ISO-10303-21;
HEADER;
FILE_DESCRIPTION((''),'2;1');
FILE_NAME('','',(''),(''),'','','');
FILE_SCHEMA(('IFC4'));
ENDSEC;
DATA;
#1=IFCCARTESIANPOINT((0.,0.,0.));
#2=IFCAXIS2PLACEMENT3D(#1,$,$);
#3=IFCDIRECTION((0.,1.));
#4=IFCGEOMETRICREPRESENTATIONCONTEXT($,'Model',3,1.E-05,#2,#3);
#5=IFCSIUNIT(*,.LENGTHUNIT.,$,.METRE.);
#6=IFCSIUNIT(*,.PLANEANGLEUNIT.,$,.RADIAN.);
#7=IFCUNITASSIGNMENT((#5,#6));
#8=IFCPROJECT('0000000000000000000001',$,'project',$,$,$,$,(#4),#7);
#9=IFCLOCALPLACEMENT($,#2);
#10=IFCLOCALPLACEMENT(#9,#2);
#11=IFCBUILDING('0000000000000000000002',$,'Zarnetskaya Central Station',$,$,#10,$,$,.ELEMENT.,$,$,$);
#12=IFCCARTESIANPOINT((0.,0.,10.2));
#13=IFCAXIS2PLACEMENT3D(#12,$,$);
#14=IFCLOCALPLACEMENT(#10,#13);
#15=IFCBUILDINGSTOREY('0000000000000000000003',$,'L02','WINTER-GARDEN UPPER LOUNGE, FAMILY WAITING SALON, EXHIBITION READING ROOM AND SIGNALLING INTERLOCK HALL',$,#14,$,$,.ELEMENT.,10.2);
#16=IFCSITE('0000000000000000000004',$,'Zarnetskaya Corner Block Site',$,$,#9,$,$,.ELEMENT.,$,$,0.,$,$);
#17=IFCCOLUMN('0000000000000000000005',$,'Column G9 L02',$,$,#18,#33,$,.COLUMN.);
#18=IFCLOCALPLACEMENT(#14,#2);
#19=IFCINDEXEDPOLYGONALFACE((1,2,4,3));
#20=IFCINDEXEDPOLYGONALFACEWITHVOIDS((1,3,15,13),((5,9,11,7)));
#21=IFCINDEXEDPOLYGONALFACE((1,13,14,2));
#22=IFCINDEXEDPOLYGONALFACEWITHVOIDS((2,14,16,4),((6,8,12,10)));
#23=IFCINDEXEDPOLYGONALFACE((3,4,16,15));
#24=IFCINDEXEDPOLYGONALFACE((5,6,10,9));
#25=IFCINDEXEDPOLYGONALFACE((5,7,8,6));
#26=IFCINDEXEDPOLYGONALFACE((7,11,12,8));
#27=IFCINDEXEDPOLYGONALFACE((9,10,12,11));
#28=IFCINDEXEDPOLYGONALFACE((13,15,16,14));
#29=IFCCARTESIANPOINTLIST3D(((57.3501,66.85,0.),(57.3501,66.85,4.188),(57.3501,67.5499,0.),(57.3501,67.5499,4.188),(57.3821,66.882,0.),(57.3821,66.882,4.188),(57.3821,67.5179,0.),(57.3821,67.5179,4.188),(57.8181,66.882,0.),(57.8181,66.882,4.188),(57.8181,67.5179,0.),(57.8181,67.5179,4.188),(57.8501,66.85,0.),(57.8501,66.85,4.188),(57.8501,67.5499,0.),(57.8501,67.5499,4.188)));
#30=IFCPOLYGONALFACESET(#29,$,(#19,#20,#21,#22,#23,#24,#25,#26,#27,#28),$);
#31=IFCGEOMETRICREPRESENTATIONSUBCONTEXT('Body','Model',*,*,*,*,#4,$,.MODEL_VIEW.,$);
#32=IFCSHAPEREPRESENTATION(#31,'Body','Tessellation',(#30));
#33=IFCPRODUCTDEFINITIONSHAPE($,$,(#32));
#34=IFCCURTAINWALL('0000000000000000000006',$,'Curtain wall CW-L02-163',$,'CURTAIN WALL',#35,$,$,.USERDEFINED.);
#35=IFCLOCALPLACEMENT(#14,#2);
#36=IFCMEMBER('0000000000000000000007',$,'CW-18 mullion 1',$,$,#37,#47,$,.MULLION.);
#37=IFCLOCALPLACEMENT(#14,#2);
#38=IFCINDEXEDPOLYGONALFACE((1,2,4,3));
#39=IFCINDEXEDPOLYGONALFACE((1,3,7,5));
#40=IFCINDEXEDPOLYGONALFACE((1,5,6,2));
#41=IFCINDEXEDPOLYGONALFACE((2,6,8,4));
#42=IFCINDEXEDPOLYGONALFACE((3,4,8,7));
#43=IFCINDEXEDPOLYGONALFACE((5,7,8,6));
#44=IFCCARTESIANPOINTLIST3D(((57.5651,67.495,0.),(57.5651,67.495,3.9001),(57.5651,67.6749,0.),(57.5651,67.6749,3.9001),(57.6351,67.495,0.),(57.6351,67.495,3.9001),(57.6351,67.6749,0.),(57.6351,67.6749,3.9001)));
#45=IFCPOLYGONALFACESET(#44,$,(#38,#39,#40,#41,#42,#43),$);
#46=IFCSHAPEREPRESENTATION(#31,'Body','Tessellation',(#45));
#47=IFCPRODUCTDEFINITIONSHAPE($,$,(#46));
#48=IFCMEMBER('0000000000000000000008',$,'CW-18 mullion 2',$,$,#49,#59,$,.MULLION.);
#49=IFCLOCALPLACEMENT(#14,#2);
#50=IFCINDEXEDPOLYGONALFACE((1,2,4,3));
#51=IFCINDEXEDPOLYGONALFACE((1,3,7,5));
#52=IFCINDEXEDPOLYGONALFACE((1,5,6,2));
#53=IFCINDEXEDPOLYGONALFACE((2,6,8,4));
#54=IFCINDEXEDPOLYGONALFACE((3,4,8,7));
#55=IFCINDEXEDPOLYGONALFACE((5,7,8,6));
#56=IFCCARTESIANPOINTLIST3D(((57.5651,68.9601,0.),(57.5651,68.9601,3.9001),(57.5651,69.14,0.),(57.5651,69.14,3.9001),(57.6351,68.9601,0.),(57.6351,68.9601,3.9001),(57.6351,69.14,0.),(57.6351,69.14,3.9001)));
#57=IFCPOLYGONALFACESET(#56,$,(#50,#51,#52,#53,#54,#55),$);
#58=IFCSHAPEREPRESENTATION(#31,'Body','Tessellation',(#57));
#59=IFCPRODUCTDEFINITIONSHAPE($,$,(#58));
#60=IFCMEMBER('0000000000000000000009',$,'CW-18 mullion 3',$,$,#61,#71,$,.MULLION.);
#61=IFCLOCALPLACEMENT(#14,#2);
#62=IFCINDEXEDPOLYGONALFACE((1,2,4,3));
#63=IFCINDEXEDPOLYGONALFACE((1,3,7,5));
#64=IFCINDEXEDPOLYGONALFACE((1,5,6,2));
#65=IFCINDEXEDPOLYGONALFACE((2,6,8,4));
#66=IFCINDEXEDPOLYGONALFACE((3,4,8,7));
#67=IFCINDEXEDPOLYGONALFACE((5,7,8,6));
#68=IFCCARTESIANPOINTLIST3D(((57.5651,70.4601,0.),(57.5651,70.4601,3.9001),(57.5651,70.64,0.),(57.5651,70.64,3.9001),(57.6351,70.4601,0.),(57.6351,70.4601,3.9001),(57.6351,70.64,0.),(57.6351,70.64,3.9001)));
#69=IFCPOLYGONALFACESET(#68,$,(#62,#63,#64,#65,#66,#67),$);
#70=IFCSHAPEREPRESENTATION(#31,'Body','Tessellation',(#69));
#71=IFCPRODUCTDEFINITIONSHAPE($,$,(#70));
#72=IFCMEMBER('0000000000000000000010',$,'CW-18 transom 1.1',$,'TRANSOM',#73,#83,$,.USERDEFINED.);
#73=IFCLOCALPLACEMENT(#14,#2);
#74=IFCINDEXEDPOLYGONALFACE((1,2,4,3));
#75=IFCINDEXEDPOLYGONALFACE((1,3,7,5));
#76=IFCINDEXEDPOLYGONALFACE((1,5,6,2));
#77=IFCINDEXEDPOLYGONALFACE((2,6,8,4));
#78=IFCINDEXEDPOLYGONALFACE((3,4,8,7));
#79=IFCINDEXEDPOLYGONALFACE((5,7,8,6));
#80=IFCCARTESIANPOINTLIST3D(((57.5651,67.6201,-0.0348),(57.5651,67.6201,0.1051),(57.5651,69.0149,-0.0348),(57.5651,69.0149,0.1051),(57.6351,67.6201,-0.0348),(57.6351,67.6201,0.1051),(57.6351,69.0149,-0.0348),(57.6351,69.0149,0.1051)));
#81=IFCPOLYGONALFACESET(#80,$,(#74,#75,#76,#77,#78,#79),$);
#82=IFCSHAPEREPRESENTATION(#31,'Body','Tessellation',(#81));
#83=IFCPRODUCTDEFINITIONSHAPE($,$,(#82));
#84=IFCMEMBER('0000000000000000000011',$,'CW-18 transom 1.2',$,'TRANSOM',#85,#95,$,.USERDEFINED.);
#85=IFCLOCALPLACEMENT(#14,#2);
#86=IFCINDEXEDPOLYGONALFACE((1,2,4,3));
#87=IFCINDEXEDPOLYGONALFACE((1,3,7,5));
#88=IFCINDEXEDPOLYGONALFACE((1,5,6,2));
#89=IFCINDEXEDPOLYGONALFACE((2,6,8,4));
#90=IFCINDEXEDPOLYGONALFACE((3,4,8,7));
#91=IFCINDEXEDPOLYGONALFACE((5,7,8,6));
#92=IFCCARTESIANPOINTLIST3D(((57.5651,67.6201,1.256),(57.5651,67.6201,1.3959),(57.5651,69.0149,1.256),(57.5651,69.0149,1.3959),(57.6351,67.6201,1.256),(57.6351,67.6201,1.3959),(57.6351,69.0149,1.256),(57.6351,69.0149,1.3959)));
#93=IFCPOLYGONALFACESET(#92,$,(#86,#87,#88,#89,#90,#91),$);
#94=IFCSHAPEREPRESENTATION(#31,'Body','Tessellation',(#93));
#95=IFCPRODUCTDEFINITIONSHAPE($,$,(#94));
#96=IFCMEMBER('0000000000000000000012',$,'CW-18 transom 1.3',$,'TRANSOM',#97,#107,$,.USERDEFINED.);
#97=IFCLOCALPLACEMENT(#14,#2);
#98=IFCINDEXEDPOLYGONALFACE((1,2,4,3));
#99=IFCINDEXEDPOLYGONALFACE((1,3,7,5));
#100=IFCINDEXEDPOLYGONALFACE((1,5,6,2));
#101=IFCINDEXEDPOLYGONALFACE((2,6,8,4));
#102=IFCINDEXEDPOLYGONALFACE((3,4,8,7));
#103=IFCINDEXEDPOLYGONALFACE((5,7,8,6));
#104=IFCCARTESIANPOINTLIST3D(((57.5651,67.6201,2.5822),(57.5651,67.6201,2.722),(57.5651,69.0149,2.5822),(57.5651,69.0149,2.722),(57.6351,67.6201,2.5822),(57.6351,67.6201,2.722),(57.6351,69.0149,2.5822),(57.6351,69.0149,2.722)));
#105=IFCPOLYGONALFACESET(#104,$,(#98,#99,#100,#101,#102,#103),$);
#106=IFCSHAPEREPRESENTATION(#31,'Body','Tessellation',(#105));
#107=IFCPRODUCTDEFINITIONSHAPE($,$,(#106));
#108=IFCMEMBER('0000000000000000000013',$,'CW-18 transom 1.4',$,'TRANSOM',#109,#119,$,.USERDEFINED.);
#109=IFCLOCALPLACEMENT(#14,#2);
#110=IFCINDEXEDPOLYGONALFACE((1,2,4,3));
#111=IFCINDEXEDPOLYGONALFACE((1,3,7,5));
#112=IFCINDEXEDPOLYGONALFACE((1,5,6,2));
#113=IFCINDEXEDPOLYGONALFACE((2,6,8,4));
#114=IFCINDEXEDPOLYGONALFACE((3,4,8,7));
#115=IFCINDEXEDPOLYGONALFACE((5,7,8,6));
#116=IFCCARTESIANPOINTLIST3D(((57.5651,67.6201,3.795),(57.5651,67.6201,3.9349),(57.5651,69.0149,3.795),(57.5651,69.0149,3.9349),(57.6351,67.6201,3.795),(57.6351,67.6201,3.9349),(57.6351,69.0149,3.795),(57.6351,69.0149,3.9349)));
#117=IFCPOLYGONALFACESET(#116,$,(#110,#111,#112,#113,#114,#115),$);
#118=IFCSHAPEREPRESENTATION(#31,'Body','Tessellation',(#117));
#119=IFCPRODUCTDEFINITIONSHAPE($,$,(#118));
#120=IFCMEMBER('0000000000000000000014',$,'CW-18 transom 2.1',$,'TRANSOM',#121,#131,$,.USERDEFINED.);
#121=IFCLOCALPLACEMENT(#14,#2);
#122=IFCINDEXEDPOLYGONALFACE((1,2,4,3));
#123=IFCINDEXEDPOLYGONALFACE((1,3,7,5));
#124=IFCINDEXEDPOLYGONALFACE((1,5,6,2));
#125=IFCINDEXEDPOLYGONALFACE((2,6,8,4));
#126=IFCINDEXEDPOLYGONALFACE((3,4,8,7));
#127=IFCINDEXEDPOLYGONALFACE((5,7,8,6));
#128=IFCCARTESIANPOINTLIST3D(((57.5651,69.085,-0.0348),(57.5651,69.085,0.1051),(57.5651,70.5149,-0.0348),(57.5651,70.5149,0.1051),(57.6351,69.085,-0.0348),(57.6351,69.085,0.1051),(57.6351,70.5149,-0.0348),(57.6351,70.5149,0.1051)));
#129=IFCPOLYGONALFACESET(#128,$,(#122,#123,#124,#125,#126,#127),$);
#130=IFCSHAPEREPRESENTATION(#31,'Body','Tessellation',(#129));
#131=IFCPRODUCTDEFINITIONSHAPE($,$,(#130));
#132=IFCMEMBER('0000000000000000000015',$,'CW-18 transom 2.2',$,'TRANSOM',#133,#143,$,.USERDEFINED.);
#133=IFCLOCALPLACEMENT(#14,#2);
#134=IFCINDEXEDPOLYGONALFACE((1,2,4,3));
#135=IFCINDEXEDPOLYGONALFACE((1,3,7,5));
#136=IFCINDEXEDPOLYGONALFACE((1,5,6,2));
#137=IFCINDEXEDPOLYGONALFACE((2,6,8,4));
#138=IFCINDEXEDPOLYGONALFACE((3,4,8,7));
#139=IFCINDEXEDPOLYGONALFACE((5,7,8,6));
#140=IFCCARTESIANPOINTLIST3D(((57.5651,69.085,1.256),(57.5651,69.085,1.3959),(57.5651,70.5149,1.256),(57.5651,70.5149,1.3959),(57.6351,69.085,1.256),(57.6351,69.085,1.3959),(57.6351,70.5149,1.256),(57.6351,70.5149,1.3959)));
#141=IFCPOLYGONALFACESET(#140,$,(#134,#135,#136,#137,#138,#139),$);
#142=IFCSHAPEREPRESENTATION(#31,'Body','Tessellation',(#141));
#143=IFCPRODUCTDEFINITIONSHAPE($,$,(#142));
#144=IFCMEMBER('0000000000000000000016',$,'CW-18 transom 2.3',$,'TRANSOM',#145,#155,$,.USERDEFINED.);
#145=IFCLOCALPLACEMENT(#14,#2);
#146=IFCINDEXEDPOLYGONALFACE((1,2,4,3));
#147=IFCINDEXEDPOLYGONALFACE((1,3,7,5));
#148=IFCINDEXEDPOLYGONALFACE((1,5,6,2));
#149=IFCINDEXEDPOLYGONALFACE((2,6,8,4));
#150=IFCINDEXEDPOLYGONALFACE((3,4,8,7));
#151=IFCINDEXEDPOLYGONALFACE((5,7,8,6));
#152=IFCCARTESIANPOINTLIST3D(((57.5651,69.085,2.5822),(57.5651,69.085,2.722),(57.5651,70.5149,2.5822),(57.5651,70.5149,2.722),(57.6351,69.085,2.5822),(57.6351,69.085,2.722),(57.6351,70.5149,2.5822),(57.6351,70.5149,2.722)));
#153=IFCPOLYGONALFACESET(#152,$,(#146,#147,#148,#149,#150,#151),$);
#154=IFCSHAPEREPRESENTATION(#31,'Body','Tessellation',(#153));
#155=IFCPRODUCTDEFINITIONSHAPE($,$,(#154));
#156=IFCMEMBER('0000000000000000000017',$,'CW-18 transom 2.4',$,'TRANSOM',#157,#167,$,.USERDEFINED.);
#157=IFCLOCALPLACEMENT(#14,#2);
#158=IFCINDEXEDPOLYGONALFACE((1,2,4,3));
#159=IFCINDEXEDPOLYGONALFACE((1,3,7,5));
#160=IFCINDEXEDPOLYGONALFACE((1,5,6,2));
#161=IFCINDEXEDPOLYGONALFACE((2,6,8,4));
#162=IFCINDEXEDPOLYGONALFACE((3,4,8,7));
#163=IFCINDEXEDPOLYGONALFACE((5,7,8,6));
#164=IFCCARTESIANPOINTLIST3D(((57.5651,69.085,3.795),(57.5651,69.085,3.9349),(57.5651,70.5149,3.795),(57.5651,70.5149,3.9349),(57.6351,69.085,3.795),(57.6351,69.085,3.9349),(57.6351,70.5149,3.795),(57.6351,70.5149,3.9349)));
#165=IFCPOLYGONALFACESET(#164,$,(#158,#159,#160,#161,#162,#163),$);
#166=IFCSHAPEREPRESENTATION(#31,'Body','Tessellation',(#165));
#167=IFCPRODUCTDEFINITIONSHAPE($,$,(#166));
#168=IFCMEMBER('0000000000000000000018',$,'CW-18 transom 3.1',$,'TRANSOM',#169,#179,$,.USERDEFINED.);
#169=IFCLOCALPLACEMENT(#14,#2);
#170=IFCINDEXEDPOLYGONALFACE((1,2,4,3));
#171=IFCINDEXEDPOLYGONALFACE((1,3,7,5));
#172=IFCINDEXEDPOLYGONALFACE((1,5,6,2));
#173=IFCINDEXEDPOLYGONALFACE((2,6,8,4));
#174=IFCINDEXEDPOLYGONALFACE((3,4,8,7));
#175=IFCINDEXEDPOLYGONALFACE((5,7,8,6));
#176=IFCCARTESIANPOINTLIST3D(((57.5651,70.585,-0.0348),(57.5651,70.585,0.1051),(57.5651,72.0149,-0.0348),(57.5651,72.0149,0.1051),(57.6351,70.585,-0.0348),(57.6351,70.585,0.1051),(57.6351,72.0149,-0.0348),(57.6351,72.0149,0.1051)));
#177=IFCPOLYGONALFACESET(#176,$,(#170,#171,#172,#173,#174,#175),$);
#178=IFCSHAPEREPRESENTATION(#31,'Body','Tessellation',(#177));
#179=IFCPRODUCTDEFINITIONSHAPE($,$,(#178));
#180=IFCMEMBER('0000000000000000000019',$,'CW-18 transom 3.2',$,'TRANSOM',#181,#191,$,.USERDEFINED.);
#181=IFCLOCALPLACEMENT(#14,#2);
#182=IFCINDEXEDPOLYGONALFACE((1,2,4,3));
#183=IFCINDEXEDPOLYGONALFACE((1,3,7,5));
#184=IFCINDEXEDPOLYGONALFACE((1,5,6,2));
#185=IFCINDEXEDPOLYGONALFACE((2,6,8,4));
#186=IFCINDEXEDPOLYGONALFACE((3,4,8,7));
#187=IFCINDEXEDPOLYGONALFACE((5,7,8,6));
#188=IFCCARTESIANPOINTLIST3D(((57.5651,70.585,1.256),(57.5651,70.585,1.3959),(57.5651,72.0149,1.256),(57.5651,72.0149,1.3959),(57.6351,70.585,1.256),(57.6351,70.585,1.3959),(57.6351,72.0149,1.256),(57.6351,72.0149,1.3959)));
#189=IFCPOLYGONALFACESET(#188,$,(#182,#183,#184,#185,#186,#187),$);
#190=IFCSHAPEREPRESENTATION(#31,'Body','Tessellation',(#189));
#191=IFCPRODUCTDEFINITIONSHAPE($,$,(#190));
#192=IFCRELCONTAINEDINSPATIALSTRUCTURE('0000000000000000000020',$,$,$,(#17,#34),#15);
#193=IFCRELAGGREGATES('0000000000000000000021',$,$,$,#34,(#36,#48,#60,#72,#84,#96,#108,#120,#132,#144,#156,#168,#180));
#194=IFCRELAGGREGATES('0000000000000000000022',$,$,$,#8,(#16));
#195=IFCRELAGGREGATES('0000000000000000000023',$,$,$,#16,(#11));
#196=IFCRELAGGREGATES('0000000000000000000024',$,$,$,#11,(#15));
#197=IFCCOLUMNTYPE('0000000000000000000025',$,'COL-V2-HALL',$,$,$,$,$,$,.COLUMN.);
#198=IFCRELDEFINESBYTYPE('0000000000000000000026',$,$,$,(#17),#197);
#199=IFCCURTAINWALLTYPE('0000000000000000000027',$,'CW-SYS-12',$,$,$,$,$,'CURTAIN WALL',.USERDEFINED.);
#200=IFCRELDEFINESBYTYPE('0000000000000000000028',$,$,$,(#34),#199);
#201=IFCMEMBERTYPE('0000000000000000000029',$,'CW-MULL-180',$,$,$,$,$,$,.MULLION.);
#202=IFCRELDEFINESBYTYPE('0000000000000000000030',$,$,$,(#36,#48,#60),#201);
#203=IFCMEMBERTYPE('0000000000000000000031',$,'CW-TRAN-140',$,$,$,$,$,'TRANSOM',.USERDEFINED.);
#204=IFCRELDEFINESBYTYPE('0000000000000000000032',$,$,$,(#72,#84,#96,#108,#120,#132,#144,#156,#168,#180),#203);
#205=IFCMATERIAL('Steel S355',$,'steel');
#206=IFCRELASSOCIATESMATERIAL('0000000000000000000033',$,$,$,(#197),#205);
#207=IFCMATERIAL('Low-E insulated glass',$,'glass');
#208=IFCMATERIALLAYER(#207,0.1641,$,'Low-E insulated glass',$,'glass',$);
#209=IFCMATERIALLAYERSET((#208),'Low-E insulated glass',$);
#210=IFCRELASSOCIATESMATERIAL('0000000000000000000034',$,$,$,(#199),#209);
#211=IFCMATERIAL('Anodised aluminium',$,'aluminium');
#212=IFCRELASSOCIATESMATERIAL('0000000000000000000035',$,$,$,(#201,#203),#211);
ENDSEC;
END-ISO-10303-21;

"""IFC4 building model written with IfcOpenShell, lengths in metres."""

from ifc_helpers import new_model, si_unit, direction, frame, origin, origin_2d, place, context, subcontext, project, spatial, rectangle, hollow_rectangle, extrude, material, layer, layer_set, material_profile, profile_set, type_object, element, aggregate, save


model = new_model("IFC4")

# Units and contexts
model_context = context("Model", 3, precision=1e-05, world=origin(), true_north=direction((0.0, 1.0)))
body_context = subcontext(model_context, "Body", "Model", "MODEL_VIEW")
ifc_project = project(units=[si_unit("LENGTHUNIT", "METRE"), si_unit("PLANEANGLEUNIT", "RADIAN")], contexts=[model_context])

# Site, building, storey
site_placement = place(None, origin())
site = spatial("IfcSite", under=ifc_project, at=site_placement, Name="Zarnetskaya Corner Block Site", CompositionType="ELEMENT", RefElevation=0.0)
building_placement = place(site_placement, origin())
building = spatial("IfcBuilding", under=site, at=building_placement, Name="Zarnetskaya Central Station", CompositionType="ELEMENT")
storey_placement = place(building_placement, frame((0.0, 0.0, 10.2)))
storey = spatial("IfcBuildingStorey", under=building, at=storey_placement, Name="L02", Description="WINTER-GARDEN UPPER LOUNGE, FAMILY WAITING SALON, EXHIBITION READING ROOM AND SIGNALLING INTERLOCK HALL", CompositionType="ELEMENT", Elevation=10.2)

# Column
ifc_material_1 = material(Name="Steel S355", Category="steel")
ifc_material_profile_1 = material_profile(ifc_material_1, hollow_rectangle(XDim=0.5, YDim=0.7, WallThickness=0.032, at=origin_2d()), Name="BOX 700x500x32")
ifc_profile_set_1 = profile_set([ifc_material_profile_1], Name="Steel S355")
column_type = type_object("IfcColumnType", Name="COL-V2-HALL", PredefinedType="COLUMN", material=ifc_profile_set_1)
column_placement = place(storey_placement, frame((57.6001, 67.2, 0.0), z_axis=(0.0, 0.0, 1.0), x_axis=(1.0, 0.0, 0.0)))
element("IfcColumn", 1, at=column_placement, inside=storey, type_object=column_type, Name="Column G9 L02", PredefinedType="COLUMN", context=body_context, shape_type="SweptSolid", body=[
    extrude(hollow_rectangle(XDim=0.5, YDim=0.7, WallThickness=0.032, at=origin_2d()), origin(), (0.0, 0.0, 1.0), 4.188),
])

# Curtain wall, members
ifc_material_2 = material(Name="Low-E insulated glass", Category="glass")
ifc_layer_1 = layer(ifc_material_2, 0.1641, Name="Low-E insulated glass", Category="glass")
ifc_layer_set_1 = layer_set([ifc_layer_1], Name="Low-E insulated glass")
curtain_wall_type = type_object("IfcCurtainWallType", Name="CW-SYS-12", ElementType="CURTAIN WALL", PredefinedType="USERDEFINED", material=ifc_layer_set_1)
curtain_wall_placement = place(storey_placement, origin())
curtain_wall = element("IfcCurtainWall", 2, at=curtain_wall_placement, inside=storey, type_object=curtain_wall_type, Name="Curtain wall CW-L02-163", ObjectType="CURTAIN WALL", PredefinedType="USERDEFINED")
ifc_material_3 = material(Name="Anodised aluminium", Category="aluminium")
ifc_material_profile_2 = material_profile(ifc_material_3, rectangle(XDim=0.0701, YDim=0.1799, at=origin_2d()), Name="ALU MULL 70x180")
ifc_profile_set_2 = profile_set([ifc_material_profile_2], Name="Anodised aluminium")
member_type_1 = type_object("IfcMemberType", Name="CW-MULL-180", PredefinedType="MULLION", material=ifc_profile_set_2)
member_1_placement = place(storey_placement, frame((57.6001, 67.585, 0.0), z_axis=(0.0, 0.0, 1.0), x_axis=(-1.0, 0.0, 0.0)))
member_1 = element("IfcMember", 3, at=member_1_placement, type_object=member_type_1, Name="CW-18 mullion 1", PredefinedType="MULLION", context=body_context, shape_type="SweptSolid", body=[
    extrude(rectangle(XDim=0.0701, YDim=0.1799, at=origin_2d()), origin(), (0.0, 0.0, 1.0), 3.9001),
])
member_2_placement = place(storey_placement, frame((57.6001, 69.05, 0.0), z_axis=(0.0, 0.0, 1.0), x_axis=(-1.0, 0.0, 0.0)))
member_2 = element("IfcMember", 4, at=member_2_placement, type_object=member_type_1, Name="CW-18 mullion 2", PredefinedType="MULLION", context=body_context, shape_type="SweptSolid", body=[
    extrude(rectangle(XDim=0.0701, YDim=0.1799, at=origin_2d()), origin(), (0.0, 0.0, 1.0), 3.9001),
])
member_3_placement = place(storey_placement, frame((57.6001, 70.55, 0.0), z_axis=(0.0, 0.0, 1.0), x_axis=(-1.0, 0.0, 0.0)))
member_3 = element("IfcMember", 5, at=member_3_placement, type_object=member_type_1, Name="CW-18 mullion 3", PredefinedType="MULLION", context=body_context, shape_type="SweptSolid", body=[
    extrude(rectangle(XDim=0.0701, YDim=0.1799, at=origin_2d()), origin(), (0.0, 0.0, 1.0), 3.9001),
])
ifc_material_profile_3 = material_profile(ifc_material_3, rectangle(XDim=0.0701, YDim=0.1399, at=origin_2d()), Name="ALU TRAN 70x140")
ifc_profile_set_3 = profile_set([ifc_material_profile_3], Name="Anodised aluminium")
member_type_2 = type_object("IfcMemberType", Name="CW-TRAN-140", ElementType="TRANSOM", PredefinedType="USERDEFINED", material=ifc_profile_set_3)
member_4_placement = place(storey_placement, frame((57.6001, 67.6201, 0.0352), z_axis=(0.0, 1.0, 0.0), x_axis=(-1.0, 0.0, 0.0)))
member_4 = element("IfcMember", 6, at=member_4_placement, type_object=member_type_2, Name="CW-18 transom 1.1", ObjectType="TRANSOM", PredefinedType="USERDEFINED", context=body_context, shape_type="SweptSolid", body=[
    extrude(rectangle(XDim=0.0701, YDim=0.1399, at=origin_2d()), origin(), (0.0, 0.0, 1.0), 1.3948),
])
member_5_placement = place(storey_placement, frame((57.6001, 67.6201, 1.3259), z_axis=(0.0, 1.0, 0.0), x_axis=(-1.0, 0.0, 0.0)))
member_5 = element("IfcMember", 7, at=member_5_placement, type_object=member_type_2, Name="CW-18 transom 1.2", ObjectType="TRANSOM", PredefinedType="USERDEFINED", context=body_context, shape_type="SweptSolid", body=[
    extrude(rectangle(XDim=0.0701, YDim=0.1399, at=origin_2d()), origin(), (0.0, 0.0, 1.0), 1.3948),
])
member_6_placement = place(storey_placement, frame((57.6001, 67.6201, 2.6521), z_axis=(0.0, 1.0, 0.0), x_axis=(-1.0, 0.0, 0.0)))
member_6 = element("IfcMember", 8, at=member_6_placement, type_object=member_type_2, Name="CW-18 transom 1.3", ObjectType="TRANSOM", PredefinedType="USERDEFINED", context=body_context, shape_type="SweptSolid", body=[
    extrude(rectangle(XDim=0.0701, YDim=0.1399, at=origin_2d()), origin(), (0.0, 0.0, 1.0), 1.3948),
])
member_7_placement = place(storey_placement, frame((57.6001, 67.6201, 3.865), z_axis=(0.0, 1.0, 0.0), x_axis=(-1.0, 0.0, 0.0)))
member_7 = element("IfcMember", 9, at=member_7_placement, type_object=member_type_2, Name="CW-18 transom 1.4", ObjectType="TRANSOM", PredefinedType="USERDEFINED", context=body_context, shape_type="SweptSolid", body=[
    extrude(rectangle(XDim=0.0701, YDim=0.1399, at=origin_2d()), origin(), (0.0, 0.0, 1.0), 1.3948),
])
member_8_placement = place(storey_placement, frame((57.6001, 69.085, 0.0352), z_axis=(0.0, 1.0, 0.0), x_axis=(-1.0, 0.0, 0.0)))
member_8 = element("IfcMember", 10, at=member_8_placement, type_object=member_type_2, Name="CW-18 transom 2.1", ObjectType="TRANSOM", PredefinedType="USERDEFINED", context=body_context, shape_type="SweptSolid", body=[
    extrude(rectangle(XDim=0.0701, YDim=0.1399, at=origin_2d()), origin(), (0.0, 0.0, 1.0), 1.4299),
])
member_9_placement = place(storey_placement, frame((57.6001, 69.085, 1.3259), z_axis=(0.0, 1.0, 0.0), x_axis=(-1.0, 0.0, 0.0)))
member_9 = element("IfcMember", 11, at=member_9_placement, type_object=member_type_2, Name="CW-18 transom 2.2", ObjectType="TRANSOM", PredefinedType="USERDEFINED", context=body_context, shape_type="SweptSolid", body=[
    extrude(rectangle(XDim=0.0701, YDim=0.1399, at=origin_2d()), origin(), (0.0, 0.0, 1.0), 1.4299),
])
member_10_placement = place(storey_placement, frame((57.6001, 69.085, 2.6521), z_axis=(0.0, 1.0, 0.0), x_axis=(-1.0, 0.0, 0.0)))
member_10 = element("IfcMember", 12, at=member_10_placement, type_object=member_type_2, Name="CW-18 transom 2.3", ObjectType="TRANSOM", PredefinedType="USERDEFINED", context=body_context, shape_type="SweptSolid", body=[
    extrude(rectangle(XDim=0.0701, YDim=0.1399, at=origin_2d()), origin(), (0.0, 0.0, 1.0), 1.4299),
])
member_11_placement = place(storey_placement, frame((57.6001, 69.085, 3.865), z_axis=(0.0, 1.0, 0.0), x_axis=(-1.0, 0.0, 0.0)))
member_11 = element("IfcMember", 13, at=member_11_placement, type_object=member_type_2, Name="CW-18 transom 2.4", ObjectType="TRANSOM", PredefinedType="USERDEFINED", context=body_context, shape_type="SweptSolid", body=[
    extrude(rectangle(XDim=0.0701, YDim=0.1399, at=origin_2d()), origin(), (0.0, 0.0, 1.0), 1.4299),
])
member_12_placement = place(storey_placement, frame((57.6001, 70.585, 0.0352), z_axis=(0.0, 1.0, 0.0), x_axis=(-1.0, 0.0, 0.0)))
member_12 = element("IfcMember", 14, at=member_12_placement, type_object=member_type_2, Name="CW-18 transom 3.1", ObjectType="TRANSOM", PredefinedType="USERDEFINED", context=body_context, shape_type="SweptSolid", body=[
    extrude(rectangle(XDim=0.0701, YDim=0.1399, at=origin_2d()), origin(), (0.0, 0.0, 1.0), 1.4299),
])
member_13_placement = place(storey_placement, frame((57.6001, 70.585, 1.3259), z_axis=(0.0, 1.0, 0.0), x_axis=(-1.0, 0.0, 0.0)))
member_13 = element("IfcMember", 15, at=member_13_placement, type_object=member_type_2, Name="CW-18 transom 3.2", ObjectType="TRANSOM", PredefinedType="USERDEFINED", context=body_context, shape_type="SweptSolid", body=[
    extrude(rectangle(XDim=0.0701, YDim=0.1399, at=origin_2d()), origin(), (0.0, 0.0, 1.0), 1.4299),
])
aggregate(curtain_wall, [member_1, member_2, member_3, member_4, member_5, member_6, member_7, member_8, member_9, member_10, member_11, member_12, member_13])

save(model, "model.ifc")
